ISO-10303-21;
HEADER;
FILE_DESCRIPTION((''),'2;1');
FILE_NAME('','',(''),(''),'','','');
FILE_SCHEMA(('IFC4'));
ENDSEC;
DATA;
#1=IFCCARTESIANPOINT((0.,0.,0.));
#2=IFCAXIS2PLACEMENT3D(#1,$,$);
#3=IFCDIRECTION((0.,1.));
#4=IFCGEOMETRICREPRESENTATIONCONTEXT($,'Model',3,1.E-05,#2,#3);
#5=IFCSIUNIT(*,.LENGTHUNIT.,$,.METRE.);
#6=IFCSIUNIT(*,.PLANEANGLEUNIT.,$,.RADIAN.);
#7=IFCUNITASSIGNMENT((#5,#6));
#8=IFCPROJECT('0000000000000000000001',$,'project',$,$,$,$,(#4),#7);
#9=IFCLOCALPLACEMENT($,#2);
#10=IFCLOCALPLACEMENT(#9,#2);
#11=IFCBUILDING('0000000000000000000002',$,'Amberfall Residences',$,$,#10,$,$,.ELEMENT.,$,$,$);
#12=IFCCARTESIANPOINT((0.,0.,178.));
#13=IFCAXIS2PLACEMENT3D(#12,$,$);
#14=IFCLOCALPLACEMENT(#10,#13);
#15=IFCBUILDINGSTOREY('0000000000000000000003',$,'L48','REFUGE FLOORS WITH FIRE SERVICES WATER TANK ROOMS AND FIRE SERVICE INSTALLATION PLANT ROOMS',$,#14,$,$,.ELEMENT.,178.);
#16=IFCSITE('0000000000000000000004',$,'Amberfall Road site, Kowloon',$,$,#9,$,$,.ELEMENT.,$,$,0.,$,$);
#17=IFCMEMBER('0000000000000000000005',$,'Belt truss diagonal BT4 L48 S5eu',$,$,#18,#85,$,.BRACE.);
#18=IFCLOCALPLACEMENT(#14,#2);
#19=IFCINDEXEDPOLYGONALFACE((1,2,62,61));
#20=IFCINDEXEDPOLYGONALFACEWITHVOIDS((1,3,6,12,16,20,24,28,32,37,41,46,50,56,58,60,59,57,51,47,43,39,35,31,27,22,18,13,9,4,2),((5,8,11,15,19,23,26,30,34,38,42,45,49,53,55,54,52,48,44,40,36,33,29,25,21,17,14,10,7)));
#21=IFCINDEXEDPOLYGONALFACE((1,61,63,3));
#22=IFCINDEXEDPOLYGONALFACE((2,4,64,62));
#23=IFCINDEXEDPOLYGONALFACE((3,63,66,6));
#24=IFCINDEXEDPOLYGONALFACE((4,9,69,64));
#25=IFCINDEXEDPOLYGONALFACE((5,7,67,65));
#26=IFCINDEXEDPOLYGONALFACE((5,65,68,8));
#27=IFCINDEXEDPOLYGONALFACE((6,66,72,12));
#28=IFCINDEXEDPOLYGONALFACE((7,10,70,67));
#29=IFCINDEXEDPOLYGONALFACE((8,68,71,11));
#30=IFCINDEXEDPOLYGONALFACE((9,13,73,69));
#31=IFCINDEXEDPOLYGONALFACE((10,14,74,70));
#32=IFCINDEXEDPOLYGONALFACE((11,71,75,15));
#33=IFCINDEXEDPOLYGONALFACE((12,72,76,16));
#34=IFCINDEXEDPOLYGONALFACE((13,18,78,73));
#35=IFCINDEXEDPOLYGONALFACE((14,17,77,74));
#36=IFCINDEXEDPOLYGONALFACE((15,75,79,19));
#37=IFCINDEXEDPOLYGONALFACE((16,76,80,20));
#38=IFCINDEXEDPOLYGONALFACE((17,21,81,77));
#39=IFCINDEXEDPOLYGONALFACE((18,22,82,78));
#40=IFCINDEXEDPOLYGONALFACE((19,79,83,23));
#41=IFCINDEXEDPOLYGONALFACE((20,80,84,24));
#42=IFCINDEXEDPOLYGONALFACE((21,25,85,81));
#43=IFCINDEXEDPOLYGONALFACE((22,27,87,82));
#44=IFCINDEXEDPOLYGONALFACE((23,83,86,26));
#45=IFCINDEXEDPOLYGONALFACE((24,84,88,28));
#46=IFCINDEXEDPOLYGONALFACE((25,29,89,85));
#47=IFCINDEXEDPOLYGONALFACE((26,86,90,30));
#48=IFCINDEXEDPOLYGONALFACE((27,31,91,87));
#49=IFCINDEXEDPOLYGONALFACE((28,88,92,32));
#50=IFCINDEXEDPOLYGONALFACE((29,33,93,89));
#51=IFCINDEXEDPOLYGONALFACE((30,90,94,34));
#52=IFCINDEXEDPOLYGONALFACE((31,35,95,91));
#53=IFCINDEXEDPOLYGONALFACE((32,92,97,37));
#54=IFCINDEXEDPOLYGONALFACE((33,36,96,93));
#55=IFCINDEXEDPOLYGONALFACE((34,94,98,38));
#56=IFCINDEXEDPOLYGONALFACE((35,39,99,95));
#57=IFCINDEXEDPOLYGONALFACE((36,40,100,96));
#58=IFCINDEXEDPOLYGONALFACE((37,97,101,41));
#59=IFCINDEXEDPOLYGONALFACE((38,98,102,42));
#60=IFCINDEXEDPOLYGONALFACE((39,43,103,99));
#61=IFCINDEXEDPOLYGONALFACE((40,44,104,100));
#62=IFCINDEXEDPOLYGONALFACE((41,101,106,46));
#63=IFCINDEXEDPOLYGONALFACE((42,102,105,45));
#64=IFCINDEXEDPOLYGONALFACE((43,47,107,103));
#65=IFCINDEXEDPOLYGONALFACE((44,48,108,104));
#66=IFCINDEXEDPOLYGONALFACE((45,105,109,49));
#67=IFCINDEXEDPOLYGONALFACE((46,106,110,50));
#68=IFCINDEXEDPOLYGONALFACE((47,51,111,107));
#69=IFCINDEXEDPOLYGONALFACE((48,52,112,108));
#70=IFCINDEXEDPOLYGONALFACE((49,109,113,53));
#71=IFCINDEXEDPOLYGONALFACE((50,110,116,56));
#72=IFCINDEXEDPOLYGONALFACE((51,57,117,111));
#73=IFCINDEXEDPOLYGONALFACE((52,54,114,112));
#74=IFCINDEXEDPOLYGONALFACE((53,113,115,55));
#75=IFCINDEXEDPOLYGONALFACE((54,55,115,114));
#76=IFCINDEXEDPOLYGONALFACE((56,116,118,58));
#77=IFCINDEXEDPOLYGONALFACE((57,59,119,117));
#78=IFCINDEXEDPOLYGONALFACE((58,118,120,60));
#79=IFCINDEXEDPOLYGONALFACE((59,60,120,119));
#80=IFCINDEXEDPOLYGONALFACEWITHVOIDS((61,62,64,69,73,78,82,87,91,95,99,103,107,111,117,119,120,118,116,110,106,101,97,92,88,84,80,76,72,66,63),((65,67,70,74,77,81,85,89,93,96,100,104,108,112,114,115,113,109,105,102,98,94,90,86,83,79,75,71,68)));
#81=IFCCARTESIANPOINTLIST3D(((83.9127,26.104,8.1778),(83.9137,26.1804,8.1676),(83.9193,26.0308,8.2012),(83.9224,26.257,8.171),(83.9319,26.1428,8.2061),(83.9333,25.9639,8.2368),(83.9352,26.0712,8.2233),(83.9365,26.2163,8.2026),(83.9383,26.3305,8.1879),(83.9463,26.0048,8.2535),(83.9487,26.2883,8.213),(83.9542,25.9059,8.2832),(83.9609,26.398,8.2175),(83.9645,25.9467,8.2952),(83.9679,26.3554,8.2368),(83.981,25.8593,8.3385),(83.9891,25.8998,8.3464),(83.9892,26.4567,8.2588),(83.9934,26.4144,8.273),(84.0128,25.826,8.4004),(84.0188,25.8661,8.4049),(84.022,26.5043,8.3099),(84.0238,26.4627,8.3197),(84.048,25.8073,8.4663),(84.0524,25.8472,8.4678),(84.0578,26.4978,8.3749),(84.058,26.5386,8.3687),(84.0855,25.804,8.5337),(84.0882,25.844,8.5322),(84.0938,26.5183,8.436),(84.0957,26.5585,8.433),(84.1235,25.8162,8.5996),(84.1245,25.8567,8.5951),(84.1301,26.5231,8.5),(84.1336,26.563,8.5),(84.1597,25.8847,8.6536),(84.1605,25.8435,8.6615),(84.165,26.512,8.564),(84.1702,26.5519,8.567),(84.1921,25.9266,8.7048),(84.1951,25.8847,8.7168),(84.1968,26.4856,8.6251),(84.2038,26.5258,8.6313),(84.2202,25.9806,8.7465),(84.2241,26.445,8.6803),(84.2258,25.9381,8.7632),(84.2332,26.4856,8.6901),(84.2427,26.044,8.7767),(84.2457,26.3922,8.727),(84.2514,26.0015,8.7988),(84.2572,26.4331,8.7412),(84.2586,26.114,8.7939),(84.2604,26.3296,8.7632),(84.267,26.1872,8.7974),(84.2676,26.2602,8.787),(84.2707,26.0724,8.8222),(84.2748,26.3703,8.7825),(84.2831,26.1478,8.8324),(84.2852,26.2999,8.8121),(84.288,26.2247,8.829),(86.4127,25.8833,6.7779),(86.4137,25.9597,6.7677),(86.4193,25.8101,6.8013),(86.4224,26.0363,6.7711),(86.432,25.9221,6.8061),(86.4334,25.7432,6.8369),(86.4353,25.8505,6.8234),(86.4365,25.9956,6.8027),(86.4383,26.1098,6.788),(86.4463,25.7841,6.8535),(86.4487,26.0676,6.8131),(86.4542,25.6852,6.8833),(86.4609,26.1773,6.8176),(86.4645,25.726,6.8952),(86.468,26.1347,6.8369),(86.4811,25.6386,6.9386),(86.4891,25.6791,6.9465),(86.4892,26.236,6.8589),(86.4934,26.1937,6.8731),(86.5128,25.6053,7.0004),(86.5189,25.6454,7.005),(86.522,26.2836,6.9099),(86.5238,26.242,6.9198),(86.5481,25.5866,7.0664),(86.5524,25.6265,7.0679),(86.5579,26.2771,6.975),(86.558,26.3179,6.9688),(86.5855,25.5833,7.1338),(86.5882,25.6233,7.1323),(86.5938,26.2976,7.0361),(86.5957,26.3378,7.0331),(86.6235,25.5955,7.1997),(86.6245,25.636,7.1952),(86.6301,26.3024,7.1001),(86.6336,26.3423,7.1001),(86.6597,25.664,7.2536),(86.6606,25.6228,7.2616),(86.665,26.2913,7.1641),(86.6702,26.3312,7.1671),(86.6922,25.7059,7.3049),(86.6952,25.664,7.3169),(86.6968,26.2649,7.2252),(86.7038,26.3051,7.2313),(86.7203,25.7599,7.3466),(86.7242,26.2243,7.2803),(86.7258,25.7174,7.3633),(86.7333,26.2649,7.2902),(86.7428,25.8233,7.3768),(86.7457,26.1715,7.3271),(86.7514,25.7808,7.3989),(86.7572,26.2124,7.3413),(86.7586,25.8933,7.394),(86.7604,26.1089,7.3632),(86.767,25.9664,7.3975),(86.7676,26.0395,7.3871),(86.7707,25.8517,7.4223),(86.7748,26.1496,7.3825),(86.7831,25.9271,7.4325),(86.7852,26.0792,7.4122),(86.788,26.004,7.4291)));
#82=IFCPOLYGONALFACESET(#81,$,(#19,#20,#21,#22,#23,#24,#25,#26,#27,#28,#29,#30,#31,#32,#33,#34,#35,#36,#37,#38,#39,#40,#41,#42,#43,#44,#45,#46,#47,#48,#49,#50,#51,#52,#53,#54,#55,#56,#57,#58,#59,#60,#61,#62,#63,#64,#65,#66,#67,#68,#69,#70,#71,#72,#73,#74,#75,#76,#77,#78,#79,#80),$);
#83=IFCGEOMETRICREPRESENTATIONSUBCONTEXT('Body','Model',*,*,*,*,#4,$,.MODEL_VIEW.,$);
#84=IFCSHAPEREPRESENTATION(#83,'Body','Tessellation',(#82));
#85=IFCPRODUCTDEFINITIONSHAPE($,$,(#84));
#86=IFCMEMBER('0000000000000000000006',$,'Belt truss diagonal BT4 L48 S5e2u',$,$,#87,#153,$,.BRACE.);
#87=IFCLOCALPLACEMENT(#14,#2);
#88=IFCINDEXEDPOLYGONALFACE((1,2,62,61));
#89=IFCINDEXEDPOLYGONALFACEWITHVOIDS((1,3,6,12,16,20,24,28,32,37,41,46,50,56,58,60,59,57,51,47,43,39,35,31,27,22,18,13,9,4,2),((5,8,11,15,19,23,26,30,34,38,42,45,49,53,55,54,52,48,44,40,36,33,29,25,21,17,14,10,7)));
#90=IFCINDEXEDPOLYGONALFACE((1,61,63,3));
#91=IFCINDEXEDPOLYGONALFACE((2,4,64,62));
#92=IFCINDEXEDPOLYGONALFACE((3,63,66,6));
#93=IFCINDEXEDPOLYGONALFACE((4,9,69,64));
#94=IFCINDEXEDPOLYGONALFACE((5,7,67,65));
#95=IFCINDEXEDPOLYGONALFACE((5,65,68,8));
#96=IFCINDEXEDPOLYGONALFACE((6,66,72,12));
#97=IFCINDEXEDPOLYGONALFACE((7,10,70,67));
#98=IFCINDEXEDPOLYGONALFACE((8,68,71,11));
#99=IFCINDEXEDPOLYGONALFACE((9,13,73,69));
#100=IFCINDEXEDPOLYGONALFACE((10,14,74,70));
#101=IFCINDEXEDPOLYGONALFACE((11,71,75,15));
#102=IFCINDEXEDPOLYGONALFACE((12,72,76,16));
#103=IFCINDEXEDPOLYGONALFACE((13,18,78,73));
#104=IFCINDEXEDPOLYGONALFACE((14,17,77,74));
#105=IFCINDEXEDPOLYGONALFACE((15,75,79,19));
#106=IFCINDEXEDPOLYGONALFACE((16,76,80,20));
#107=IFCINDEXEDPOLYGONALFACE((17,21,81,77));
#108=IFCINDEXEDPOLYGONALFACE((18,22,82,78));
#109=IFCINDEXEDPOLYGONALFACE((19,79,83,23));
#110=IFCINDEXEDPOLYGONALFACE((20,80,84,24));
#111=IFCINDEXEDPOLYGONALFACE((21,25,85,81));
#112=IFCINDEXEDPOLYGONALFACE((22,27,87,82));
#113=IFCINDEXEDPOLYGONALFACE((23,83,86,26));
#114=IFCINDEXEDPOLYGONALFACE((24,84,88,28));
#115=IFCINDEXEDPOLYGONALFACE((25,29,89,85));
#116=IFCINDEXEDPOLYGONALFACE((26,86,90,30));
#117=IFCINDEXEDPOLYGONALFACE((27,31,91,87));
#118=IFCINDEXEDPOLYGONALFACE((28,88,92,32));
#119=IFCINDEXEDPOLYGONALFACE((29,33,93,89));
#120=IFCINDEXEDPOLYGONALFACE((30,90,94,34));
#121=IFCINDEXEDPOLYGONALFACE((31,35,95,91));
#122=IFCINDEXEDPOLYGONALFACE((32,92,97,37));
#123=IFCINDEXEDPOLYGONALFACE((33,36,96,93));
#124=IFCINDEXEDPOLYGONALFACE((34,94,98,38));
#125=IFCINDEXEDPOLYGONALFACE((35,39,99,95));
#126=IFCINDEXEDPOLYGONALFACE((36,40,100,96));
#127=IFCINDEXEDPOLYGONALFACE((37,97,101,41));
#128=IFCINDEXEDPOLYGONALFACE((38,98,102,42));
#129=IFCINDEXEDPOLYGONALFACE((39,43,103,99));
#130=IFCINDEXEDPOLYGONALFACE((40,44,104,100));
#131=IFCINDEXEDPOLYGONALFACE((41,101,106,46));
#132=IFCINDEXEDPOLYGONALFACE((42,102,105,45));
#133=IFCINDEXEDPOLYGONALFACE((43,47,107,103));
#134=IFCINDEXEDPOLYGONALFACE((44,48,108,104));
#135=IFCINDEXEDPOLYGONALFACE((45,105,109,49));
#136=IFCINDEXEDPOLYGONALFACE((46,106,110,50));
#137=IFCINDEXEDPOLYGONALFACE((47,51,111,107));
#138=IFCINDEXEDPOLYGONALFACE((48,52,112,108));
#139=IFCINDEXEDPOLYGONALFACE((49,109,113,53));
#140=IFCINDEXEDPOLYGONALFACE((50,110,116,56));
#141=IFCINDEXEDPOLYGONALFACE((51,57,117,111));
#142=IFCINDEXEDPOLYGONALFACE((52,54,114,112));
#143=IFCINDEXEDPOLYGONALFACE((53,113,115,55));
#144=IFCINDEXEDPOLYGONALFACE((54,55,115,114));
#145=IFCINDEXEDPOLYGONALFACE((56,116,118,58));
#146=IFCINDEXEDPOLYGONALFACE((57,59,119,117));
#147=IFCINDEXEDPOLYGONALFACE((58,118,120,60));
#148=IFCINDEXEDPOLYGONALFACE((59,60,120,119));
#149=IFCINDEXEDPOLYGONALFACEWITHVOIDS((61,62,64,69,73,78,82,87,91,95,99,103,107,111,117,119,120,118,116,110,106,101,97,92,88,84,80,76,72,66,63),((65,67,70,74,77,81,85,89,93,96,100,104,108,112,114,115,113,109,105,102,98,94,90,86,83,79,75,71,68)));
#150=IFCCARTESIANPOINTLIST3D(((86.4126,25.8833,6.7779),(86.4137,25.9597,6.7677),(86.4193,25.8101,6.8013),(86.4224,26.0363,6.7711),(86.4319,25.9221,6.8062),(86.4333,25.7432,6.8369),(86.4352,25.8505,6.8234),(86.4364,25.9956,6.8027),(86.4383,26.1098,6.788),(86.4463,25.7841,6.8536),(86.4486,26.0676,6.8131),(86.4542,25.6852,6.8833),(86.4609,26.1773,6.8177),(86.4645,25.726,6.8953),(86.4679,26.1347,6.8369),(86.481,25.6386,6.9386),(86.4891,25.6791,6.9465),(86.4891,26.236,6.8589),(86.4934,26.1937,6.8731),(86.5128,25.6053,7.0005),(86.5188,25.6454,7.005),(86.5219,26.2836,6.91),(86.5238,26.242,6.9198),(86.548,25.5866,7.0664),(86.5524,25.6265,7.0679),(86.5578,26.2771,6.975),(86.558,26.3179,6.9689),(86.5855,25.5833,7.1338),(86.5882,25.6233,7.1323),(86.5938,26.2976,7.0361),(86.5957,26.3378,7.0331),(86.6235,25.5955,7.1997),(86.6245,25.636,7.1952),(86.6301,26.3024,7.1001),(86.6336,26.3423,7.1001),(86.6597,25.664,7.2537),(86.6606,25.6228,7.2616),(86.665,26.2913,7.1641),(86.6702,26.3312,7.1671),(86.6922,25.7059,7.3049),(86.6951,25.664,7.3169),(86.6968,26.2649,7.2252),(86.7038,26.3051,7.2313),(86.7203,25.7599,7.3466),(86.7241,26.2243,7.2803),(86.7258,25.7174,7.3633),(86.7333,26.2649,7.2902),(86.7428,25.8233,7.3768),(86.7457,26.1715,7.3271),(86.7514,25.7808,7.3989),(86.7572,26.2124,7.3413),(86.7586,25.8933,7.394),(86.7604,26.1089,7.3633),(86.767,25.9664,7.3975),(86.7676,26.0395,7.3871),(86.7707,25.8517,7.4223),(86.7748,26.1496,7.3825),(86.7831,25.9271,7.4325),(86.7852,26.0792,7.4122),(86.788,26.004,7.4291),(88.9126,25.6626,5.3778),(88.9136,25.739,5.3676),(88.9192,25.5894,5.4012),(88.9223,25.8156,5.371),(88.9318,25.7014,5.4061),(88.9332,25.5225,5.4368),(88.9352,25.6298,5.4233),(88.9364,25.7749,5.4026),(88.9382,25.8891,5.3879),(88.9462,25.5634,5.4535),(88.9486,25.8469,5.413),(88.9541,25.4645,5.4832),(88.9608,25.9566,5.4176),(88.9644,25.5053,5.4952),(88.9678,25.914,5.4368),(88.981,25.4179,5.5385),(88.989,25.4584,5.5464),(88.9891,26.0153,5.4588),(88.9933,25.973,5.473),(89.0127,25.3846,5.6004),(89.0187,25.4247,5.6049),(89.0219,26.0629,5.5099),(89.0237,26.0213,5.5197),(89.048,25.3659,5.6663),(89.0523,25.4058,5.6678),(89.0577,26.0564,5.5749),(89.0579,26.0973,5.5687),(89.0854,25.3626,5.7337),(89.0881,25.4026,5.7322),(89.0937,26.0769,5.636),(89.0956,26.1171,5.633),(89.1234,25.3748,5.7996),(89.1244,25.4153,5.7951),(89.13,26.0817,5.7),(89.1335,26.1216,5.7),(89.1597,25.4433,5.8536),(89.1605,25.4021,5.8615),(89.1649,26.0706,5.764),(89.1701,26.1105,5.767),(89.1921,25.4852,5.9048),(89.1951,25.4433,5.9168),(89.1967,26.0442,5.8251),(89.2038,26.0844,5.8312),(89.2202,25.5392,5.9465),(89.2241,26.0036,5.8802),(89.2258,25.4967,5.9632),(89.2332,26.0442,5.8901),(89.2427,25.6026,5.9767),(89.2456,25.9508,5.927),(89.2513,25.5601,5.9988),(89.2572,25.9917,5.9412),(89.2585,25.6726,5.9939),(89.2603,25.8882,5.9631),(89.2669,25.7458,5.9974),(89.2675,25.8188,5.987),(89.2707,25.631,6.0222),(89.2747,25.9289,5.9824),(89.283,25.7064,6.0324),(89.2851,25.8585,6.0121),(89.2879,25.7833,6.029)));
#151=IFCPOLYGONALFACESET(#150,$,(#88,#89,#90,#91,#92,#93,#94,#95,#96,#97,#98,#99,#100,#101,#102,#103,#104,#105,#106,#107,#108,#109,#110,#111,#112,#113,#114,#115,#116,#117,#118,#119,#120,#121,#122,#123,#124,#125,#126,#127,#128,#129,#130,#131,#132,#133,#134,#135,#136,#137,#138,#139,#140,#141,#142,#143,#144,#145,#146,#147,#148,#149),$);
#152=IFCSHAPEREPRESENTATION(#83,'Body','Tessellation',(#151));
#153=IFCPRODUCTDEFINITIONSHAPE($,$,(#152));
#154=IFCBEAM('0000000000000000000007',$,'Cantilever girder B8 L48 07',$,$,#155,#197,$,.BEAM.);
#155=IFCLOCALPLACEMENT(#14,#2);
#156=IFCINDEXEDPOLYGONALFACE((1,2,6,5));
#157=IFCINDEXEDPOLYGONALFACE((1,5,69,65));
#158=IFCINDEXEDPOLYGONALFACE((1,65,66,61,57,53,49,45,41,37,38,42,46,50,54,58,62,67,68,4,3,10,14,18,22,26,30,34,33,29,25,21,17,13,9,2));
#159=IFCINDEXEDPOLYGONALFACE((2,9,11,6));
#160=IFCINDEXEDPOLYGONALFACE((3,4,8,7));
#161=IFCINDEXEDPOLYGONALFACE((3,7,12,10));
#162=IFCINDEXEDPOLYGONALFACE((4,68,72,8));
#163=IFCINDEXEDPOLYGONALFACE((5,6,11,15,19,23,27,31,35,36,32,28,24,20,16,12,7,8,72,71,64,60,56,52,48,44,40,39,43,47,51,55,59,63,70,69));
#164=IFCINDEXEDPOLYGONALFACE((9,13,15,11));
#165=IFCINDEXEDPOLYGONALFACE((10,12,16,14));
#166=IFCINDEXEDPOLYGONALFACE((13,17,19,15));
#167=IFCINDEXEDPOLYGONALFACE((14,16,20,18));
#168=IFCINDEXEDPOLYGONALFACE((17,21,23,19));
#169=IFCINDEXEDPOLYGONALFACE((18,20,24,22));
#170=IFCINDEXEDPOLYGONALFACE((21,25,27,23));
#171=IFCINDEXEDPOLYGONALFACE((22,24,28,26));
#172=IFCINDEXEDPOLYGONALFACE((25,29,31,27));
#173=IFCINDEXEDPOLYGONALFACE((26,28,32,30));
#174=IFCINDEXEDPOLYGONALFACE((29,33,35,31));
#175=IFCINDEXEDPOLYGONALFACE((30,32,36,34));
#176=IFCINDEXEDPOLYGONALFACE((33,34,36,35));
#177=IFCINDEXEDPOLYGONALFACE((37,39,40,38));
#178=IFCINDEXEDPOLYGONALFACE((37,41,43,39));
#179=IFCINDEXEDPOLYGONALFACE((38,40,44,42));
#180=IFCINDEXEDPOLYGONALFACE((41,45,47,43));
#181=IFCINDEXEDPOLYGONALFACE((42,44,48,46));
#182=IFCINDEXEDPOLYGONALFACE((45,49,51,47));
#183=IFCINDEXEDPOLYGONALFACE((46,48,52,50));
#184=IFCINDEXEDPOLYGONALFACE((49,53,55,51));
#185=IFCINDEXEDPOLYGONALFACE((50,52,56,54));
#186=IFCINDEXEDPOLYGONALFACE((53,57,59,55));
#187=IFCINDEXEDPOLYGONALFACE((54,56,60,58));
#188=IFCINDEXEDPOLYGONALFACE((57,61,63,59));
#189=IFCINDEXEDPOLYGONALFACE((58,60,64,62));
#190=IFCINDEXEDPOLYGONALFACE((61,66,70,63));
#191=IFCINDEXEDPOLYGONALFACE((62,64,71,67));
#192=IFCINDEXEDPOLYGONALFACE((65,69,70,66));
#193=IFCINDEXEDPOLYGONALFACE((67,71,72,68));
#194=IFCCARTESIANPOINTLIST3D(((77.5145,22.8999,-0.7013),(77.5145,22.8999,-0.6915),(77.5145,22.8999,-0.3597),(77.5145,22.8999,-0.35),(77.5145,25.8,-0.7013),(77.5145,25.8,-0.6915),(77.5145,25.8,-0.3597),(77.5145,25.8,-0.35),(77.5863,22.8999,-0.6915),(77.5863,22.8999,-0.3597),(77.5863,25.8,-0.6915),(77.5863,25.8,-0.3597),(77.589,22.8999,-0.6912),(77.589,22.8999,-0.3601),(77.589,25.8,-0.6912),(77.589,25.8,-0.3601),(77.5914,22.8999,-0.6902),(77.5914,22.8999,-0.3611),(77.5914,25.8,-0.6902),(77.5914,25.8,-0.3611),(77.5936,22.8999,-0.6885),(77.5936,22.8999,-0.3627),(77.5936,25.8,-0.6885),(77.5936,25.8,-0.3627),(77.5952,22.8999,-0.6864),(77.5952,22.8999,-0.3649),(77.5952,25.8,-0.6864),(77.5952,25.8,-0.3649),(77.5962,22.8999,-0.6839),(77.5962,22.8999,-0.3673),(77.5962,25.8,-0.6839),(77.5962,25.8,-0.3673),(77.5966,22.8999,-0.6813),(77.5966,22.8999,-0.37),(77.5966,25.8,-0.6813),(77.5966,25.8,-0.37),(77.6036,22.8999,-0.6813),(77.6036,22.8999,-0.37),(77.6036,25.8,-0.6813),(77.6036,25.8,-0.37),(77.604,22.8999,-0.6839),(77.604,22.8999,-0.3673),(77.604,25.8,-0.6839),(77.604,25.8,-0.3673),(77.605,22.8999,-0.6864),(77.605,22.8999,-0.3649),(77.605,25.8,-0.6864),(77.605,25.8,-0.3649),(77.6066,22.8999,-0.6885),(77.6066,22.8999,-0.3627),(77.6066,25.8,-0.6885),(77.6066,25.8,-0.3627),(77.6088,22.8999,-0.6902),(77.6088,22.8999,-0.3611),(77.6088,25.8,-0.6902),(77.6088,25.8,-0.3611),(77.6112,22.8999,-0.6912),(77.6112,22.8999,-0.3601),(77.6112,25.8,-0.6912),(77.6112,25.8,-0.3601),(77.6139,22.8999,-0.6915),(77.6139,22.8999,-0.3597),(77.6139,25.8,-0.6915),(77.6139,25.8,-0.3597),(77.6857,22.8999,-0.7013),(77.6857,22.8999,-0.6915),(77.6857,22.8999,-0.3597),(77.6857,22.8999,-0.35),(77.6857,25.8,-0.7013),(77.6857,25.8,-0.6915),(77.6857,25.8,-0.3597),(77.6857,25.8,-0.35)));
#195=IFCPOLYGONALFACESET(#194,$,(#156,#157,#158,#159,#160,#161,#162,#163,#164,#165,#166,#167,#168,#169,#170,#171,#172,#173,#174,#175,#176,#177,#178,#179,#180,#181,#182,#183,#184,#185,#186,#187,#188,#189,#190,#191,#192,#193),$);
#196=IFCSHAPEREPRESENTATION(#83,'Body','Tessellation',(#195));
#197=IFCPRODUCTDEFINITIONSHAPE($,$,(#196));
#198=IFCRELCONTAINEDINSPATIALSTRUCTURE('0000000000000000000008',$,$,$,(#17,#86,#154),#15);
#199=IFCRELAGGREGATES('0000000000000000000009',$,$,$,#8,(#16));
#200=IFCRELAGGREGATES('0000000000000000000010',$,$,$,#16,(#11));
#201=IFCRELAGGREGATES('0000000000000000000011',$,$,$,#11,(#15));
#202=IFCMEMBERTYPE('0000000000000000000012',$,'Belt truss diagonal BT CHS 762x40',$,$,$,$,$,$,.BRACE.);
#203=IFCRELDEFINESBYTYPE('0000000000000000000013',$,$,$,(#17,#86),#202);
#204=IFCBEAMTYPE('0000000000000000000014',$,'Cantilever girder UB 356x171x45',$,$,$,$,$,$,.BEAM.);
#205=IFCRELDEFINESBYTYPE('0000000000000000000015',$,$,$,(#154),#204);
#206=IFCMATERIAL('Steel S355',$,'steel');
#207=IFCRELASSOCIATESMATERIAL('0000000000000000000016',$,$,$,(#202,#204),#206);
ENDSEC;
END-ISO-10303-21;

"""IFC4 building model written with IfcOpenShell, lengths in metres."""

from ifc_helpers import new_model, si_unit, direction, frame, origin, origin_2d, place, context, subcontext, project, spatial, hollow_circle, i_section, extrude, material, material_profile, profile_set, type_object, element, save


model = new_model("IFC4")

# Units and contexts
model_context = context("Model", 3, precision=1e-05, world=origin(), true_north=direction((0.0, 1.0)))
body_context = subcontext(model_context, "Body", "Model", "MODEL_VIEW")
ifc_project = project(units=[si_unit("LENGTHUNIT", "METRE"), si_unit("PLANEANGLEUNIT", "RADIAN")], contexts=[model_context])

# Site, building, storey
site_placement = place(None, origin())
site = spatial("IfcSite", under=ifc_project, at=site_placement, Name="Amberfall Road site, Kowloon", CompositionType="ELEMENT", RefElevation=0.0)
building_placement = place(site_placement, origin())
building = spatial("IfcBuilding", under=site, at=building_placement, Name="Amberfall Residences", CompositionType="ELEMENT")
storey_placement = place(building_placement, frame((0.0, 0.0, 178.0)))
storey = spatial("IfcBuildingStorey", under=building, at=storey_placement, Name="L48", Description="REFUGE FLOORS WITH FIRE SERVICES WATER TANK ROOMS AND FIRE SERVICE INSTALLATION PLANT ROOMS", CompositionType="ELEMENT", Elevation=178.0)

# Shared definitions
ifc_material_1 = material(Name="Steel S355", Category="steel")

# Members
ifc_material_profile_1 = material_profile(ifc_material_1, hollow_circle(Radius=0.3811, WallThickness=0.04, at=origin_2d()), Name="CHS 762x40")
ifc_profile_set_1 = profile_set([ifc_material_profile_1], Name="Steel S355")
member_type_1 = type_object("IfcMemberType", Name="Belt truss diagonal BT CHS 762x40", PredefinedType="BRACE", material=ifc_profile_set_1)
for number, where, z_axis, x_axis, name in (
    (1, (84.1001, 26.1833, 8.5), (0.869944, -0.0768, -0.487134), (0.087939, 0.996126, 0.0), "Belt truss diagonal BT4 L48 S5eu"),
    (2, (86.6001, 25.9626, 7.1001), (0.869908, -0.076797, -0.487199), (0.087939, 0.996126, 0.0), "Belt truss diagonal BT4 L48 S5e2u"),
):
    element("IfcMember", number, at=place(storey_placement, frame(where, z_axis=z_axis, x_axis=x_axis)), inside=storey, type_object=member_type_1, Name=name, PredefinedType="BRACE", context=body_context, shape_type="SweptSolid", body=[
        extrude(hollow_circle(Radius=0.3811, WallThickness=0.04, at=origin_2d()), origin(), (0.0, 0.0, 1.0), 2.8738),
    ])

# Beam
ifc_material_profile_2 = material_profile(ifc_material_1, i_section(OverallWidth=0.1711, OverallDepth=0.3513, WebThickness=0.0071, FlangeThickness=0.0098, FilletRadius=0.0103, at=origin_2d()), Name="UB 356x171x45")
ifc_profile_set_2 = profile_set([ifc_material_profile_2], Name="Steel S355")
beam_type_1 = type_object("IfcBeamType", Name="Cantilever girder UB 356x171x45", PredefinedType="BEAM", material=ifc_profile_set_2)
beam_1_placement = place(storey_placement, frame((77.6001, 25.8, -0.5256), z_axis=(0.0, -1.0, 0.0), x_axis=(1.0, 0.0, 0.0)))
element("IfcBeam", 3, at=beam_1_placement, inside=storey, type_object=beam_type_1, Name="Cantilever girder B8 L48 07", PredefinedType="BEAM", context=body_context, shape_type="SweptSolid", body=[
    extrude(i_section(OverallWidth=0.1711, OverallDepth=0.3513, WebThickness=0.0071, FlangeThickness=0.0098, FilletRadius=0.0103, at=origin_2d()), origin(), (0.0, 0.0, 1.0), 2.9001),
])

save(model, "model.ifc")
